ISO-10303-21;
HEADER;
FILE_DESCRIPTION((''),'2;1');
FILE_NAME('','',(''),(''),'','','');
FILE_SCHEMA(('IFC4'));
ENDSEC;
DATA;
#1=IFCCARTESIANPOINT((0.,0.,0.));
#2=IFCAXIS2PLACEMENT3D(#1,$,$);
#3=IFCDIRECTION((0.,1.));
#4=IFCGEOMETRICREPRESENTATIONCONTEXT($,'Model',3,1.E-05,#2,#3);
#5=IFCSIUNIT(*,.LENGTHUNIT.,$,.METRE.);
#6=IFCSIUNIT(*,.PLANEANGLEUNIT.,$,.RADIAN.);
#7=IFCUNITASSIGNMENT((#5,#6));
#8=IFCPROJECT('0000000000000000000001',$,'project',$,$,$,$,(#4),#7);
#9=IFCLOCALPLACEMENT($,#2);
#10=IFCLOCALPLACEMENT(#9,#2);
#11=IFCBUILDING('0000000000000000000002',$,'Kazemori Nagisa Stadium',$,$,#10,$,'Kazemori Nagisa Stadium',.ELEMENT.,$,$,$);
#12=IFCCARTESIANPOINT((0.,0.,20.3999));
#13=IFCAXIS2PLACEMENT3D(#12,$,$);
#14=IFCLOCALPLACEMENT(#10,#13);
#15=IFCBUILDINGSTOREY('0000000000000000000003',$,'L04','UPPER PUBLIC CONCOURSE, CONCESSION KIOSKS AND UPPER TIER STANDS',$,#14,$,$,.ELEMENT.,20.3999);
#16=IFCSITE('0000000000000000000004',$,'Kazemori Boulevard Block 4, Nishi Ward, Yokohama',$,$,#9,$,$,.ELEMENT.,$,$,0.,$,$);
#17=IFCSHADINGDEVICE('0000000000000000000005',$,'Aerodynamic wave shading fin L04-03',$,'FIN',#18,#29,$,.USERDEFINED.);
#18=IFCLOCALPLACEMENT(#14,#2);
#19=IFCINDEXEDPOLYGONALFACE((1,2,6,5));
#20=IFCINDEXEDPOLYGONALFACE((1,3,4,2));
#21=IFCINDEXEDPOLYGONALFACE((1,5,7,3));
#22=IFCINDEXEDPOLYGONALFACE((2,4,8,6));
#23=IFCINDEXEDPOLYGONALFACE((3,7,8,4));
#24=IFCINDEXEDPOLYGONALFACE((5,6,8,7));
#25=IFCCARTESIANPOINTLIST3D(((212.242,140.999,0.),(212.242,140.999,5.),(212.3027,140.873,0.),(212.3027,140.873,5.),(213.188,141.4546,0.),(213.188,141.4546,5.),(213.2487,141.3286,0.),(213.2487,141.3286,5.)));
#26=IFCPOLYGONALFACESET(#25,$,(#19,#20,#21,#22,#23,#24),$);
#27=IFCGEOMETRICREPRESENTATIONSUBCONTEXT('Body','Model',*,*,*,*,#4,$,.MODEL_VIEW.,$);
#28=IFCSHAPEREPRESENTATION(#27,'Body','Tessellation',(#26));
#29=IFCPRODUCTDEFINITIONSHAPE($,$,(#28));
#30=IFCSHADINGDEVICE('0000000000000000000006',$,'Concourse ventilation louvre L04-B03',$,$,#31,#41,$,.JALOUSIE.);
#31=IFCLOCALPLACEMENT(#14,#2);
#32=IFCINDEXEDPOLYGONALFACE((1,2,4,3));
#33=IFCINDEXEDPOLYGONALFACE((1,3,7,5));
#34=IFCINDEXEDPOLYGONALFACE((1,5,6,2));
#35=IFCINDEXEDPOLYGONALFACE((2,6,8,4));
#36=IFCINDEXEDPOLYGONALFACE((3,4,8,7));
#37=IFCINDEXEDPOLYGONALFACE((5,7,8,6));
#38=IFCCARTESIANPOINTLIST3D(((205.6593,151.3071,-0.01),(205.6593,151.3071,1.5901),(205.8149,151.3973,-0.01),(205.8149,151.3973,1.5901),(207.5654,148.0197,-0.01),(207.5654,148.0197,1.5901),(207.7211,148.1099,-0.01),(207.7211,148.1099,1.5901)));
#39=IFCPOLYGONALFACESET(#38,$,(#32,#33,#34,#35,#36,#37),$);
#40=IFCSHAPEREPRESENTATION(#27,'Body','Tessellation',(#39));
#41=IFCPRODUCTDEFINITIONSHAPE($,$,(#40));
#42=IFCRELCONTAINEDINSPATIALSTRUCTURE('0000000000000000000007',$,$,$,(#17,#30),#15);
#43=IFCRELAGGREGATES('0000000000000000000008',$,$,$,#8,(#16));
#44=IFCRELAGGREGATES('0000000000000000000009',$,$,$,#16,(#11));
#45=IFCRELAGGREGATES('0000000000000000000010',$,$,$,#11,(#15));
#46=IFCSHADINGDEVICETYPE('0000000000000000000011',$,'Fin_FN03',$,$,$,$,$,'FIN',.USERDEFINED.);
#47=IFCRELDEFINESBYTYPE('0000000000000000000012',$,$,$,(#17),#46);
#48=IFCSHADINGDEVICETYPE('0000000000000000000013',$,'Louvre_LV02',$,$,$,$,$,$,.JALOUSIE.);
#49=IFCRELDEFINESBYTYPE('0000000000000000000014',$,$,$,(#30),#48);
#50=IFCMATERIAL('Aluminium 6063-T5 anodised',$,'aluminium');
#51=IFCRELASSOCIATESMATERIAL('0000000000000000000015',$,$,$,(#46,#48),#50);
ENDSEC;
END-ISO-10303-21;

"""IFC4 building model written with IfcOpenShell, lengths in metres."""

from ifc_helpers import new_model, si_unit, direction, frame, origin, origin_2d, place, context, subcontext, project, spatial, rectangle, extrude, material, type_object, element, save


model = new_model("IFC4")

# Units and contexts
model_context = context("Model", 3, precision=1e-05, world=origin(), true_north=direction((0.0, 1.0)))
body_context = subcontext(model_context, "Body", "Model", "MODEL_VIEW")
ifc_project = project(units=[si_unit("LENGTHUNIT", "METRE"), si_unit("PLANEANGLEUNIT", "RADIAN")], contexts=[model_context])

# Site, building, storey
site_placement = place(None, origin())
site = spatial("IfcSite", under=ifc_project, at=site_placement, Name="Kazemori Boulevard Block 4, Nishi Ward, Yokohama", CompositionType="ELEMENT", RefElevation=0.0)
building_placement = place(site_placement, origin())
building = spatial("IfcBuilding", under=site, at=building_placement, Name="Kazemori Nagisa Stadium", LongName="Kazemori Nagisa Stadium", CompositionType="ELEMENT")
storey_placement = place(building_placement, frame((0.0, 0.0, 20.3999)))
storey = spatial("IfcBuildingStorey", under=building, at=storey_placement, Name="L04", Description="UPPER PUBLIC CONCOURSE, CONCESSION KIOSKS AND UPPER TIER STANDS", CompositionType="ELEMENT", Elevation=20.3999)

# Shared definitions
ifc_material_1 = material(Name="Aluminium 6063-T5 anodised", Category="aluminium")

# Shading devices
shading_device_type_1 = type_object("IfcShadingDeviceType", Name="Fin_FN03", ElementType="FIN", PredefinedType="USERDEFINED", material=ifc_material_1)
shading_device_1_placement = place(storey_placement, frame((212.7454, 141.1638, 0.0), z_axis=(0.0, 0.0, 1.0), x_axis=(0.900969, 0.433884, 0.0)))
element("IfcShadingDevice", 1, at=shading_device_1_placement, inside=storey, type_object=shading_device_type_1, Name="Aerodynamic wave shading fin L04-03", ObjectType="FIN", PredefinedType="USERDEFINED", context=body_context, shape_type="SweptSolid", body=[
    extrude(rectangle(XDim=1.05, YDim=0.1399, at=origin_2d()), origin(), (0.0, 0.0, 1.0), 5.0),
])
shading_device_type_2 = type_object("IfcShadingDeviceType", Name="Louvre_LV02", PredefinedType="JALOUSIE", material=ifc_material_1)
shading_device_2_placement = place(storey_placement, frame((206.6902, 149.7085, -0.01), z_axis=(0.0, 0.0, 1.0), x_axis=(-0.501612, 0.865093, 0.0)))
element("IfcShadingDevice", 2, at=shading_device_2_placement, inside=storey, type_object=shading_device_type_2, Name="Concourse ventilation louvre L04-B03", PredefinedType="JALOUSIE", context=body_context, shape_type="SweptSolid", body=[
    extrude(rectangle(XDim=3.8, YDim=0.1799, at=origin_2d()), origin(), (0.0, 0.0, 1.0), 1.6001),
])

save(model, "model.ifc")
